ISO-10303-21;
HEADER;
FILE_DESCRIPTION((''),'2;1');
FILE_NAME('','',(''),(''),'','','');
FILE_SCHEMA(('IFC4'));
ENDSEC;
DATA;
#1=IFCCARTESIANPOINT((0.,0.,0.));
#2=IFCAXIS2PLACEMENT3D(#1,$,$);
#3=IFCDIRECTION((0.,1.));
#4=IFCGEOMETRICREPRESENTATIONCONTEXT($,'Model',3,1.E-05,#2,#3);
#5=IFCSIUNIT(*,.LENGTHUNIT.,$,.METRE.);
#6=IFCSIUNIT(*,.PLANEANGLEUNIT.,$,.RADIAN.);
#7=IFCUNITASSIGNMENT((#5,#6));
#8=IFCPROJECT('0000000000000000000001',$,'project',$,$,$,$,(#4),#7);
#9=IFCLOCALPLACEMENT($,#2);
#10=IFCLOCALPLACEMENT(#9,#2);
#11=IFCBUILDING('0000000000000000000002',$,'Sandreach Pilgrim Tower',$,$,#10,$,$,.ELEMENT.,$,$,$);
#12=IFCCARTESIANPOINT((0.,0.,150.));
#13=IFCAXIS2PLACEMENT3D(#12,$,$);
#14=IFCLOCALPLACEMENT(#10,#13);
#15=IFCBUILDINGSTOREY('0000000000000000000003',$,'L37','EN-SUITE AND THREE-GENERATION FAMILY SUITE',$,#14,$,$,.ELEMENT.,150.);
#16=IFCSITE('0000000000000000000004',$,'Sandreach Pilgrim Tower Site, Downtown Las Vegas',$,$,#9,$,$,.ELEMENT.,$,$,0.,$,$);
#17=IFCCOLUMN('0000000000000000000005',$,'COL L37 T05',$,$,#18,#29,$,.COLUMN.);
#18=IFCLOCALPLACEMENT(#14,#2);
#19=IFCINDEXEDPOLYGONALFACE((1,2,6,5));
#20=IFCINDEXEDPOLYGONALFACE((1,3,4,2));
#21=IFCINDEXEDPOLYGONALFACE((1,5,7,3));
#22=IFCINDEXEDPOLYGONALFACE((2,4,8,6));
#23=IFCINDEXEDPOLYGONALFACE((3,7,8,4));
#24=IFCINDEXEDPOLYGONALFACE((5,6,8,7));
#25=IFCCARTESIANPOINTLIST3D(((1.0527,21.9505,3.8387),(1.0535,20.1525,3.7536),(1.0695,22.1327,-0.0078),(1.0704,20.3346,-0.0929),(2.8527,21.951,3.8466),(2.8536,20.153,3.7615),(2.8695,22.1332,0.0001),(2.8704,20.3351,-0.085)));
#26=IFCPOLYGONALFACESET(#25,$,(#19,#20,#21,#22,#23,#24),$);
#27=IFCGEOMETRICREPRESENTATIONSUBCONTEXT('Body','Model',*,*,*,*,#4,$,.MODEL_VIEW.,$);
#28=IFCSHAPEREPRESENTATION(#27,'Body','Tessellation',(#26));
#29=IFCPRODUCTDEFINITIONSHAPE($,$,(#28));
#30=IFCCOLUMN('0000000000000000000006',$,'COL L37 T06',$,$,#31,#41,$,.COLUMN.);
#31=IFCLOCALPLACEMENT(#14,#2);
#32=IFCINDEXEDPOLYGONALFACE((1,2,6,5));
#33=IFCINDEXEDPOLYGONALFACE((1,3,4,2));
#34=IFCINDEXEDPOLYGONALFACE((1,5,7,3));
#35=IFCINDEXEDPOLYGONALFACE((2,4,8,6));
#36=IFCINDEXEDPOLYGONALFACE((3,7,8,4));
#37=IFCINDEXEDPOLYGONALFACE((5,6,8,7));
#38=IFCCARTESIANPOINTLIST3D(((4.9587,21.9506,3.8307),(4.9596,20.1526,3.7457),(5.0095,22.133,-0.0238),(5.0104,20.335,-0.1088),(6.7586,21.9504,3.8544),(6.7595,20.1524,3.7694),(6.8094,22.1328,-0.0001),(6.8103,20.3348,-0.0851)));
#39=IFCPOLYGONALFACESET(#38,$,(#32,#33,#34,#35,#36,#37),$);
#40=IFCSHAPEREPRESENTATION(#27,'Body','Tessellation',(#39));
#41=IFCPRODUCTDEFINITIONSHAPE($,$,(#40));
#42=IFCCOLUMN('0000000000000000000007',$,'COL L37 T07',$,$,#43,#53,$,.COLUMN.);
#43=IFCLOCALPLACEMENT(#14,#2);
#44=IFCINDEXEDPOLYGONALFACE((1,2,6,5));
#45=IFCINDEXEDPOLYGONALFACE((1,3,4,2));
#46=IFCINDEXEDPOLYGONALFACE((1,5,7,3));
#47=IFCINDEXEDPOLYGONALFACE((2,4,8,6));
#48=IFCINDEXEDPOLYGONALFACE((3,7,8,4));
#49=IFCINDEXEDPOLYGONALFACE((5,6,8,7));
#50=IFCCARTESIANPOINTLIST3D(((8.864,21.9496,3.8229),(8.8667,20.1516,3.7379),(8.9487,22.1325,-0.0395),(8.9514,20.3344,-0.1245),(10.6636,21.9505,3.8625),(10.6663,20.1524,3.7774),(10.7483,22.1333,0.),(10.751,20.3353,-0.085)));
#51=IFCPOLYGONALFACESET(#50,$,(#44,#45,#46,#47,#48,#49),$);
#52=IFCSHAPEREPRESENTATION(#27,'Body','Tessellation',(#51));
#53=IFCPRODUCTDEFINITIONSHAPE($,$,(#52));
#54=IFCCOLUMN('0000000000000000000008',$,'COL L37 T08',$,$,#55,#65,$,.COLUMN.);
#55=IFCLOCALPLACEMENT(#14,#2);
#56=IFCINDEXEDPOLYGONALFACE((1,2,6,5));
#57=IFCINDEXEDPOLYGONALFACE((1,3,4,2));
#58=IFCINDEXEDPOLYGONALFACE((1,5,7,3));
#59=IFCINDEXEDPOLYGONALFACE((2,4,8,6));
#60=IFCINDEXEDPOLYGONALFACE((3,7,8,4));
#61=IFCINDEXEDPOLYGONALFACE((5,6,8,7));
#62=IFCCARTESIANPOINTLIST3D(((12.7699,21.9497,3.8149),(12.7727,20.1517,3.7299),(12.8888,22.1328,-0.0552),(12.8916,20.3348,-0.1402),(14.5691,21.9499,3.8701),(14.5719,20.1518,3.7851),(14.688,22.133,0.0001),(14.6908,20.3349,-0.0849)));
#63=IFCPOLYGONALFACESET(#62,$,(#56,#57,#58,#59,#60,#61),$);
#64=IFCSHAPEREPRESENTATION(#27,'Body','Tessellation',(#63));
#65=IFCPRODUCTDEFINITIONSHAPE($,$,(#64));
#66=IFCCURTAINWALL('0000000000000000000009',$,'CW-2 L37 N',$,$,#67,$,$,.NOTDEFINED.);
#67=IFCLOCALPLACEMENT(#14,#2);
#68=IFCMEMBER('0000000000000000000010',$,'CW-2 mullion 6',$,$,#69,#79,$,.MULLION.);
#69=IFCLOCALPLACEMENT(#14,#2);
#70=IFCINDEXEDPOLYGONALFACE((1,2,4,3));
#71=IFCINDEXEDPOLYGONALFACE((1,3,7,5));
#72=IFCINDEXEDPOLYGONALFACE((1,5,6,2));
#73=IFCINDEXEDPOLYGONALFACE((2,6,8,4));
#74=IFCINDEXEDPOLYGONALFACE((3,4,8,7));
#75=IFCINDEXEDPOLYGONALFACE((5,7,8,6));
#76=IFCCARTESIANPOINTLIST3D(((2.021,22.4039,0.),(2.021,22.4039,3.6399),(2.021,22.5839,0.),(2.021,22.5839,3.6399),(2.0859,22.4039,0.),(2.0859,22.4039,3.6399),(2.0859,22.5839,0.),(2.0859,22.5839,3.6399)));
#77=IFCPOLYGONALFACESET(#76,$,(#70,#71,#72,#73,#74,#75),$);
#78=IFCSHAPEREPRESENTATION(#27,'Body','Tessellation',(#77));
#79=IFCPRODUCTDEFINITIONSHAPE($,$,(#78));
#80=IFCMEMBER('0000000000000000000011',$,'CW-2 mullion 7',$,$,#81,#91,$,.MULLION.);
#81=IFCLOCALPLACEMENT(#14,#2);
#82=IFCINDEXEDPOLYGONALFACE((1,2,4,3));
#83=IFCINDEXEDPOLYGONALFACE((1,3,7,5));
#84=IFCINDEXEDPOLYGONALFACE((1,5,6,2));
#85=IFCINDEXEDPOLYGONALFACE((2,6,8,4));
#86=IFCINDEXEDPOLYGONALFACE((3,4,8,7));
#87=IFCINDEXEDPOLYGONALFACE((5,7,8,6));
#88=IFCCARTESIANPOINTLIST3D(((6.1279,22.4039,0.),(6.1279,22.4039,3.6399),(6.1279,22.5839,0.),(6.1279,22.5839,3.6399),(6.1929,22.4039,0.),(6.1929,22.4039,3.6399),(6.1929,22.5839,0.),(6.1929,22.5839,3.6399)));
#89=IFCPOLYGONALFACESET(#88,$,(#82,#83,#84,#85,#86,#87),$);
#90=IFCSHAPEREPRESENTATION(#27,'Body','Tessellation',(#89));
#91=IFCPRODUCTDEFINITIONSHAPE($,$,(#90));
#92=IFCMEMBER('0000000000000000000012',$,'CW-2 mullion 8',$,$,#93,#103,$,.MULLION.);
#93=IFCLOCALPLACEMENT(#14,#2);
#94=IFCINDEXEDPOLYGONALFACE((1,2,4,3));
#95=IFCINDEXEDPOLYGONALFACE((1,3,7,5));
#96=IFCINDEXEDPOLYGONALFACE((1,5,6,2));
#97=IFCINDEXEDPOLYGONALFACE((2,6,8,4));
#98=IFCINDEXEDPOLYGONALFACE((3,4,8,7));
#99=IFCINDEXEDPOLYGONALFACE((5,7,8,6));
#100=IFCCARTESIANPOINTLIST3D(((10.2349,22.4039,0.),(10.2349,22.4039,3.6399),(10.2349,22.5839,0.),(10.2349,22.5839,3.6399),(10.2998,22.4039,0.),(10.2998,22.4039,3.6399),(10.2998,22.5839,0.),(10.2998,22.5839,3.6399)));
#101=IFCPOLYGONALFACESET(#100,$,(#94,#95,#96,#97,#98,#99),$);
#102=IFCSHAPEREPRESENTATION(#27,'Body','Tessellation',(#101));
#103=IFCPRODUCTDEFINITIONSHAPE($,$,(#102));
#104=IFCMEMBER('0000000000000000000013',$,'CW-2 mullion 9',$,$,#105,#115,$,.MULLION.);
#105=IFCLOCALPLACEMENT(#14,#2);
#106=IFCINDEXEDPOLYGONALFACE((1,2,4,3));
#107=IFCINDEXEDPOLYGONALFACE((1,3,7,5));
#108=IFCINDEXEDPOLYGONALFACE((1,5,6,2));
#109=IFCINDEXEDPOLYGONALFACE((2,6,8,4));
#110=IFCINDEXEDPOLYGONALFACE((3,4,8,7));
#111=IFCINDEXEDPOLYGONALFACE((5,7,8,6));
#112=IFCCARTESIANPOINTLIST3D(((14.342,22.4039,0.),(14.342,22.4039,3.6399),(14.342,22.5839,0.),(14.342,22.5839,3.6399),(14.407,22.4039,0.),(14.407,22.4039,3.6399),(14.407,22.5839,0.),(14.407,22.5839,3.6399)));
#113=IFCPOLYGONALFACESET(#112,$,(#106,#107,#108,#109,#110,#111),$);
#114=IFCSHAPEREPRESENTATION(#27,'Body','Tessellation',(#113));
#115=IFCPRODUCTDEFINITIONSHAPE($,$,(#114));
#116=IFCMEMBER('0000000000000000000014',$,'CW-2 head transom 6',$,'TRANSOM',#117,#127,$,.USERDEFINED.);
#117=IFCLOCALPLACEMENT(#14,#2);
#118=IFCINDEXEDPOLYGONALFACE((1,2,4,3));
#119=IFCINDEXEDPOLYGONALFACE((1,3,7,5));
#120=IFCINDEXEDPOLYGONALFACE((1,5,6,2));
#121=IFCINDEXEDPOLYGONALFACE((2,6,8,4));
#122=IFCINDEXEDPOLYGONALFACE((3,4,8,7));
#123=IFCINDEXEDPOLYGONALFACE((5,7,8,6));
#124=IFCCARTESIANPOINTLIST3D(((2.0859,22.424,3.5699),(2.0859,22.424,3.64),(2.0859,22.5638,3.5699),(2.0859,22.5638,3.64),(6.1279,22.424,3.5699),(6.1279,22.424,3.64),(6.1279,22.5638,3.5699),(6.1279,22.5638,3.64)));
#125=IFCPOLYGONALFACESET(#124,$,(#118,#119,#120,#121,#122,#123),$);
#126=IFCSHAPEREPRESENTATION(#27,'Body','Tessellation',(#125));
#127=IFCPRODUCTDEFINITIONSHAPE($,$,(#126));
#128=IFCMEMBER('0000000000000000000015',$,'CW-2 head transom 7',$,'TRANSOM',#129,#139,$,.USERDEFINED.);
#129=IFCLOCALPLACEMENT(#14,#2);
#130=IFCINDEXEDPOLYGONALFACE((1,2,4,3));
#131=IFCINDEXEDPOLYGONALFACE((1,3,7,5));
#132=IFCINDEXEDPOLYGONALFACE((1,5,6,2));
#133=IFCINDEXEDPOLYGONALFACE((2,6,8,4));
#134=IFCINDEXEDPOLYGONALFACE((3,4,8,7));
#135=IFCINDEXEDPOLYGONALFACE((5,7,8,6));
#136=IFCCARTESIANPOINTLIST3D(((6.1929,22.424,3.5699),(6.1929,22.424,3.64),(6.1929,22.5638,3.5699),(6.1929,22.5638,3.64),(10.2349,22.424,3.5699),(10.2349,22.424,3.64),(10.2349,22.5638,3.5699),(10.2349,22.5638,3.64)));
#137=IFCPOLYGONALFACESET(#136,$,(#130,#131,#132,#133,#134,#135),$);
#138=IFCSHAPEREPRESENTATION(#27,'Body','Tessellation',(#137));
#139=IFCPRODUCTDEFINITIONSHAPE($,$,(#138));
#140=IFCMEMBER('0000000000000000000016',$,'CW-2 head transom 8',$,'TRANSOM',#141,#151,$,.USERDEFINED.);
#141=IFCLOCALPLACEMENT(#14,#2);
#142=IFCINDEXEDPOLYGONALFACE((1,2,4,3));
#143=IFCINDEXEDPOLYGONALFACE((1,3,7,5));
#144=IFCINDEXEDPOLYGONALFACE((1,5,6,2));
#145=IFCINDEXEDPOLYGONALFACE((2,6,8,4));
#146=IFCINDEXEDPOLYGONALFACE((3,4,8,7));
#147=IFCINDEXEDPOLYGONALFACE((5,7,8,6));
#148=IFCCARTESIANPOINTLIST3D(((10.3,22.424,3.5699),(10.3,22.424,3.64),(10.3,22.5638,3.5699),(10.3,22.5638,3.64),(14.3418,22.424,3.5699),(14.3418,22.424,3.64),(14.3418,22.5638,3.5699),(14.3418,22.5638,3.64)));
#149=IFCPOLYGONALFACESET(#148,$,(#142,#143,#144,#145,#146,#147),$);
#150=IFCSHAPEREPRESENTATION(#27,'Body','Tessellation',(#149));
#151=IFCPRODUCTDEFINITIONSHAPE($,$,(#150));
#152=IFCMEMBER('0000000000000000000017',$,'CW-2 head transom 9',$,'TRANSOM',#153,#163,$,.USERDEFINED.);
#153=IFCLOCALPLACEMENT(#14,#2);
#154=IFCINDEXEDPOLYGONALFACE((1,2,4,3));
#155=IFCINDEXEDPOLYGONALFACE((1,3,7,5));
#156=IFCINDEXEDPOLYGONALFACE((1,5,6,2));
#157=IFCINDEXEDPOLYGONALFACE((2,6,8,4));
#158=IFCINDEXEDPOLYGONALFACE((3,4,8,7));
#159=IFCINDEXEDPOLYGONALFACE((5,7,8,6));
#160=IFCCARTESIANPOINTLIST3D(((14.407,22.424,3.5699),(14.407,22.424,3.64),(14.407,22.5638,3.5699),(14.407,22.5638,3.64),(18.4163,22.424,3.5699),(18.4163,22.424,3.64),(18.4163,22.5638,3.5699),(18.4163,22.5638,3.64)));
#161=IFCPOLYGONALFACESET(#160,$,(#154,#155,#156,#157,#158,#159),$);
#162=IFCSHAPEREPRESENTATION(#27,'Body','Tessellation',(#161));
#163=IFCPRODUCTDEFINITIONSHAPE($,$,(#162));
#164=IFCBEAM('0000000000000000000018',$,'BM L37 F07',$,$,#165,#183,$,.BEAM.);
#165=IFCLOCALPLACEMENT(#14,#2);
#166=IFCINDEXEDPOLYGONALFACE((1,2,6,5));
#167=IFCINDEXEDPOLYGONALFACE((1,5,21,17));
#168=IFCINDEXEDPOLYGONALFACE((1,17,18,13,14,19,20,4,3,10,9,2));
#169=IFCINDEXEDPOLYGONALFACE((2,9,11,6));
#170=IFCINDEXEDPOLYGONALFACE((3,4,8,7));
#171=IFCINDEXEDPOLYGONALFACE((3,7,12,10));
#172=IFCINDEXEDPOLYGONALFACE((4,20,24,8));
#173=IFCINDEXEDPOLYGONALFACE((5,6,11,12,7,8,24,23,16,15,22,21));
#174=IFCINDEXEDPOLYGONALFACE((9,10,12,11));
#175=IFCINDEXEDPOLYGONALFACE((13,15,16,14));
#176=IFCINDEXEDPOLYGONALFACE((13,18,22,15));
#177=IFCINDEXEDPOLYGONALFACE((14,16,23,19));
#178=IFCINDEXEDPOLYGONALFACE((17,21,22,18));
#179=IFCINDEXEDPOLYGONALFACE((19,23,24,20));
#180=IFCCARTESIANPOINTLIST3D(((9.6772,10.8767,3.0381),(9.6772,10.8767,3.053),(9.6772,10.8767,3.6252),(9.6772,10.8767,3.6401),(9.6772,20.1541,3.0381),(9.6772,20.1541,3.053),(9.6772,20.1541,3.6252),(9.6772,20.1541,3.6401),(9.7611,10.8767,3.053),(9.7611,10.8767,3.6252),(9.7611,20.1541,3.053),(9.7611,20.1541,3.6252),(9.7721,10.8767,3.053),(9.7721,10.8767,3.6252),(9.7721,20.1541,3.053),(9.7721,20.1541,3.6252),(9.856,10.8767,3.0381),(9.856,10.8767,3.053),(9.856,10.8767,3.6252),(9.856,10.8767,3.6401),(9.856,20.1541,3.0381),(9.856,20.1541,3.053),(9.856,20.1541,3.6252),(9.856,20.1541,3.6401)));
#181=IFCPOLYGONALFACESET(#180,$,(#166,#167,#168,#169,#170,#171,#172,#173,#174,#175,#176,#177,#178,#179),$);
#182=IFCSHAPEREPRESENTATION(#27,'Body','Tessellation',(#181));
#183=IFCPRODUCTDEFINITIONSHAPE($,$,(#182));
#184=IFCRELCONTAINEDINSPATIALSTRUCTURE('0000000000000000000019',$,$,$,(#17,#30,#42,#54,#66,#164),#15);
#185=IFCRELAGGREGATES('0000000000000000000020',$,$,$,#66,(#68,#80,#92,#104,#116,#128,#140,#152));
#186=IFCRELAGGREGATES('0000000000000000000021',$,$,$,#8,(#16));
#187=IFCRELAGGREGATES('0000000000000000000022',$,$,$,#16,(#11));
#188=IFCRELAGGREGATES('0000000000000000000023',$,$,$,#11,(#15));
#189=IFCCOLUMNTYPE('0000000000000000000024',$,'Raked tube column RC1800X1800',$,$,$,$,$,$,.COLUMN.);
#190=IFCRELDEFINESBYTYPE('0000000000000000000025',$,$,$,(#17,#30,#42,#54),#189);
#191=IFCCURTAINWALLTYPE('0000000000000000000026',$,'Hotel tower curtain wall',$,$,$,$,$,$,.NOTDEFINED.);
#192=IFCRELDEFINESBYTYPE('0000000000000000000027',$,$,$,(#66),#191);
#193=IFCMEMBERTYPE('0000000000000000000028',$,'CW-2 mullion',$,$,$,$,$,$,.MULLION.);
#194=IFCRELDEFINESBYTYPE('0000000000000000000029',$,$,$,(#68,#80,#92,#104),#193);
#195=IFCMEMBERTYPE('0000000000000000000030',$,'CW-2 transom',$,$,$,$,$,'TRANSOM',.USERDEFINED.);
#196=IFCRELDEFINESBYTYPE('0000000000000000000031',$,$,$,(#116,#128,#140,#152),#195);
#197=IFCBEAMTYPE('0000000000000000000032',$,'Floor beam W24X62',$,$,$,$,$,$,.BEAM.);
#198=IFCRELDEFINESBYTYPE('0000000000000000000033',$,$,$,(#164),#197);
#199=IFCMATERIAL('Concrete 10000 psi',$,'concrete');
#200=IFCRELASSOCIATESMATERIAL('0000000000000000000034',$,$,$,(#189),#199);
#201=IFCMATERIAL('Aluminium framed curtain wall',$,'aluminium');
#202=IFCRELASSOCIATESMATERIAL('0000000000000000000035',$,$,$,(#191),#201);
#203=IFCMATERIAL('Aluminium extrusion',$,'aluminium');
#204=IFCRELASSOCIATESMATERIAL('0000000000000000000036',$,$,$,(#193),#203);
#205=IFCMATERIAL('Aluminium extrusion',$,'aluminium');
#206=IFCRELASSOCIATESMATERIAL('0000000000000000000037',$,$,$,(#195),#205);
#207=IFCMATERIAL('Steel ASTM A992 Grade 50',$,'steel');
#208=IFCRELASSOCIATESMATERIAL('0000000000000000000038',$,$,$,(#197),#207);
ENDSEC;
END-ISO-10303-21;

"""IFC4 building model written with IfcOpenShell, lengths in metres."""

from ifc_helpers import new_model, si_unit, direction, frame, origin, origin_2d, place, context, subcontext, project, spatial, rectangle, i_section, extrude, material, material_profile, profile_set, type_object, element, aggregate, save


model = new_model("IFC4")

# Units and contexts
model_context = context("Model", 3, precision=1e-05, world=origin(), true_north=direction((0.0, 1.0)))
body_context = subcontext(model_context, "Body", "Model", "MODEL_VIEW")
ifc_project = project(units=[si_unit("LENGTHUNIT", "METRE"), si_unit("PLANEANGLEUNIT", "RADIAN")], contexts=[model_context])

# Site, building, storey
site_placement = place(None, origin())
site = spatial("IfcSite", under=ifc_project, at=site_placement, Name="Sandreach Pilgrim Tower Site, Downtown Las Vegas", CompositionType="ELEMENT", RefElevation=0.0)
building_placement = place(site_placement, origin())
building = spatial("IfcBuilding", under=site, at=building_placement, Name="Sandreach Pilgrim Tower", CompositionType="ELEMENT")
storey_placement = place(building_placement, frame((0.0, 0.0, 150.0)))
storey = spatial("IfcBuildingStorey", under=building, at=storey_placement, Name="L37", Description="EN-SUITE AND THREE-GENERATION FAMILY SUITE", CompositionType="ELEMENT", Elevation=150.0)

# Columns
ifc_material_1 = material(Name="Concrete 10000 psi", Category="concrete")
ifc_material_profile_1 = material_profile(ifc_material_1, rectangle(XDim=1.8, YDim=1.8, at=origin_2d()), Name="RC1800X1800")
ifc_profile_set_1 = profile_set([ifc_material_profile_1], Name="Concrete 10000 psi")
column_type = type_object("IfcColumnType", Name="Raked tube column RC1800X1800", PredefinedType="COLUMN", material=ifc_profile_set_1)
column_1_placement = place(storey_placement, frame((1.97, 21.2339, -0.0464), z_axis=(-0.004375, -0.047297, 0.998871), x_axis=(-0.000487, 0.998881, 0.047295)))
element("IfcColumn", 1, at=column_1_placement, inside=storey, type_object=column_type, Name="COL L37 T05", PredefinedType="COLUMN", context=body_context, shape_type="SweptSolid", body=[
    extrude(rectangle(XDim=1.8, YDim=1.8, at=origin_2d()), origin(), (0.0, 0.0, 1.0), 3.8508),
])
column_2_placement = place(storey_placement, frame((5.9099, 21.2339, -0.0544), z_axis=(-0.013159, -0.047257, 0.998796), x_axis=(-0.000511, 0.998883, 0.047255)))
element("IfcColumn", 2, at=column_2_placement, inside=storey, type_object=column_type, Name="COL L37 T06", PredefinedType="COLUMN", context=body_context, shape_type="SweptSolid", body=[
    extrude(rectangle(XDim=1.8, YDim=1.8, at=origin_2d()), origin(), (0.0, 0.0, 1.0), 3.8591),
])
column_3_placement = place(storey_placement, frame((9.8499, 21.2339, -0.0623), z_axis=(-0.021904, -0.047281, 0.998641), x_axis=(-0.001525, 0.998882, 0.047259)))
element("IfcColumn", 3, at=column_3_placement, inside=storey, type_object=column_type, Name="COL L37 T07", PredefinedType="COLUMN", context=body_context, shape_type="SweptSolid", body=[
    extrude(rectangle(XDim=1.8, YDim=1.8, at=origin_2d()), origin(), (0.0, 0.0, 1.0), 3.8677),
])
column_4_placement = place(storey_placement, frame((13.7898, 21.2339, -0.0701), z_axis=(-0.030673, -0.047238, 0.998413), x_axis=(-0.001518, 0.998884, 0.047213)))
element("IfcColumn", 4, at=column_4_placement, inside=storey, type_object=column_type, Name="COL L37 T08", PredefinedType="COLUMN", context=body_context, shape_type="SweptSolid", body=[
    extrude(rectangle(XDim=1.8, YDim=1.8, at=origin_2d()), origin(), (0.0, 0.0, 1.0), 3.8762),
])

# Curtain wall, members
ifc_material_2 = material(Name="Aluminium framed curtain wall", Category="aluminium")
curtain_wall_type = type_object("IfcCurtainWallType", Name="Hotel tower curtain wall", PredefinedType="NOTDEFINED", material=ifc_material_2)
curtain_wall_placement = place(storey_placement, origin())
curtain_wall = element("IfcCurtainWall", 5, at=curtain_wall_placement, inside=storey, type_object=curtain_wall_type, Name="CW-2 L37 N", PredefinedType="NOTDEFINED")
ifc_material_3 = material(Name="Aluminium extrusion", Category="aluminium")
ifc_material_profile_2 = material_profile(ifc_material_3, rectangle(XDim=0.0649, YDim=0.1799, at=origin_2d()), Name="CW-2M 65X180")
ifc_profile_set_2 = profile_set([ifc_material_profile_2], Name="Aluminium extrusion")
member_type_1 = type_object("IfcMemberType", Name="CW-2 mullion", PredefinedType="MULLION", material=ifc_profile_set_2)
member_1_placement = place(storey_placement, frame((2.0535, 22.4939, 0.0), z_axis=(0.0, 0.0, 1.0), x_axis=(1.0, 0.0, 0.0)))
member_1 = element("IfcMember", 6, at=member_1_placement, type_object=member_type_1, Name="CW-2 mullion 6", PredefinedType="MULLION", context=body_context, shape_type="SweptSolid", body=[
    extrude(rectangle(XDim=0.0649, YDim=0.1799, at=origin_2d()), origin(), (0.0, 0.0, 1.0), 3.6399),
])
member_2_placement = place(storey_placement, frame((6.1604, 22.4939, 0.0), z_axis=(0.0, 0.0, 1.0), x_axis=(1.0, 0.0, 0.0)))
member_2 = element("IfcMember", 7, at=member_2_placement, type_object=member_type_1, Name="CW-2 mullion 7", PredefinedType="MULLION", context=body_context, shape_type="SweptSolid", body=[
    extrude(rectangle(XDim=0.0649, YDim=0.1799, at=origin_2d()), origin(), (0.0, 0.0, 1.0), 3.6399),
])
member_3_placement = place(storey_placement, frame((10.2673, 22.4939, 0.0), z_axis=(0.0, 0.0, 1.0), x_axis=(1.0, 0.0, 0.0)))
member_3 = element("IfcMember", 8, at=member_3_placement, type_object=member_type_1, Name="CW-2 mullion 8", PredefinedType="MULLION", context=body_context, shape_type="SweptSolid", body=[
    extrude(rectangle(XDim=0.0649, YDim=0.1799, at=origin_2d()), origin(), (0.0, 0.0, 1.0), 3.6399),
])
member_4_placement = place(storey_placement, frame((14.3745, 22.4939, 0.0), z_axis=(0.0, 0.0, 1.0), x_axis=(1.0, 0.0, 0.0)))
member_4 = element("IfcMember", 9, at=member_4_placement, type_object=member_type_1, Name="CW-2 mullion 9", PredefinedType="MULLION", context=body_context, shape_type="SweptSolid", body=[
    extrude(rectangle(XDim=0.0649, YDim=0.1799, at=origin_2d()), origin(), (0.0, 0.0, 1.0), 3.6399),
])
ifc_material_4 = material(Name="Aluminium extrusion", Category="aluminium")
ifc_material_profile_3 = material_profile(ifc_material_4, rectangle(XDim=0.1399, YDim=0.0701, at=origin_2d()), Name="CW-2T 140X70")
ifc_profile_set_3 = profile_set([ifc_material_profile_3], Name="Aluminium extrusion")
member_type_2 = type_object("IfcMemberType", Name="CW-2 transom", ElementType="TRANSOM", PredefinedType="USERDEFINED", material=ifc_profile_set_3)
member_5_placement = place(storey_placement, frame((2.0859, 22.4939, 3.605), z_axis=(1.0, 0.0, 0.0), x_axis=(0.0, 1.0, 0.0)))
member_5 = element("IfcMember", 10, at=member_5_placement, type_object=member_type_2, Name="CW-2 head transom 6", ObjectType="TRANSOM", PredefinedType="USERDEFINED", context=body_context, shape_type="SweptSolid", body=[
    extrude(rectangle(XDim=0.1399, YDim=0.0701, at=origin_2d()), origin(), (0.0, 0.0, 1.0), 4.042),
])
member_6_placement = place(storey_placement, frame((6.1929, 22.4939, 3.605), z_axis=(1.0, 0.0, 0.0), x_axis=(0.0, 1.0, 0.0)))
member_6 = element("IfcMember", 11, at=member_6_placement, type_object=member_type_2, Name="CW-2 head transom 7", ObjectType="TRANSOM", PredefinedType="USERDEFINED", context=body_context, shape_type="SweptSolid", body=[
    extrude(rectangle(XDim=0.1399, YDim=0.0701, at=origin_2d()), origin(), (0.0, 0.0, 1.0), 4.042),
])
member_7_placement = place(storey_placement, frame((10.3, 22.4939, 3.605), z_axis=(1.0, 0.0, 0.0), x_axis=(0.0, 1.0, 0.0)))
member_7 = element("IfcMember", 12, at=member_7_placement, type_object=member_type_2, Name="CW-2 head transom 8", ObjectType="TRANSOM", PredefinedType="USERDEFINED", context=body_context, shape_type="SweptSolid", body=[
    extrude(rectangle(XDim=0.1399, YDim=0.0701, at=origin_2d()), origin(), (0.0, 0.0, 1.0), 4.0417),
])
member_8_placement = place(storey_placement, frame((14.407, 22.4939, 3.605), z_axis=(1.0, 0.0, 0.0), x_axis=(0.0, 1.0, 0.0)))
member_8 = element("IfcMember", 13, at=member_8_placement, type_object=member_type_2, Name="CW-2 head transom 9", ObjectType="TRANSOM", PredefinedType="USERDEFINED", context=body_context, shape_type="SweptSolid", body=[
    extrude(rectangle(XDim=0.1399, YDim=0.0701, at=origin_2d()), origin(), (0.0, 0.0, 1.0), 4.0093),
])

# Beam
ifc_material_5 = material(Name="Steel ASTM A992 Grade 50", Category="steel")
ifc_material_profile_4 = material_profile(ifc_material_5, i_section(OverallWidth=0.1787, OverallDepth=0.6021, WebThickness=0.011, FlangeThickness=0.0149, at=origin_2d()), Name="W24X62")
ifc_profile_set_4 = profile_set([ifc_material_profile_4], Name="Steel ASTM A992 Grade 50")
beam_type_1 = type_object("IfcBeamType", Name="Floor beam W24X62", PredefinedType="BEAM", material=ifc_profile_set_4)
beam_1_placement = place(storey_placement, frame((9.7666, 20.1541, 3.3391), z_axis=(0.0, -1.0, 0.0), x_axis=(1.0, 0.0, 0.0)))
element("IfcBeam", 14, at=beam_1_placement, inside=storey, type_object=beam_type_1, Name="BM L37 F07", PredefinedType="BEAM", context=body_context, shape_type="SweptSolid", body=[
    extrude(i_section(OverallWidth=0.1787, OverallDepth=0.6021, WebThickness=0.011, FlangeThickness=0.0149, at=origin_2d()), origin(), (0.0, 0.0, 1.0), 9.2773),
])

aggregate(curtain_wall, [member_1, member_2, member_3, member_4, member_5, member_6, member_7, member_8])

save(model, "model.ifc")
